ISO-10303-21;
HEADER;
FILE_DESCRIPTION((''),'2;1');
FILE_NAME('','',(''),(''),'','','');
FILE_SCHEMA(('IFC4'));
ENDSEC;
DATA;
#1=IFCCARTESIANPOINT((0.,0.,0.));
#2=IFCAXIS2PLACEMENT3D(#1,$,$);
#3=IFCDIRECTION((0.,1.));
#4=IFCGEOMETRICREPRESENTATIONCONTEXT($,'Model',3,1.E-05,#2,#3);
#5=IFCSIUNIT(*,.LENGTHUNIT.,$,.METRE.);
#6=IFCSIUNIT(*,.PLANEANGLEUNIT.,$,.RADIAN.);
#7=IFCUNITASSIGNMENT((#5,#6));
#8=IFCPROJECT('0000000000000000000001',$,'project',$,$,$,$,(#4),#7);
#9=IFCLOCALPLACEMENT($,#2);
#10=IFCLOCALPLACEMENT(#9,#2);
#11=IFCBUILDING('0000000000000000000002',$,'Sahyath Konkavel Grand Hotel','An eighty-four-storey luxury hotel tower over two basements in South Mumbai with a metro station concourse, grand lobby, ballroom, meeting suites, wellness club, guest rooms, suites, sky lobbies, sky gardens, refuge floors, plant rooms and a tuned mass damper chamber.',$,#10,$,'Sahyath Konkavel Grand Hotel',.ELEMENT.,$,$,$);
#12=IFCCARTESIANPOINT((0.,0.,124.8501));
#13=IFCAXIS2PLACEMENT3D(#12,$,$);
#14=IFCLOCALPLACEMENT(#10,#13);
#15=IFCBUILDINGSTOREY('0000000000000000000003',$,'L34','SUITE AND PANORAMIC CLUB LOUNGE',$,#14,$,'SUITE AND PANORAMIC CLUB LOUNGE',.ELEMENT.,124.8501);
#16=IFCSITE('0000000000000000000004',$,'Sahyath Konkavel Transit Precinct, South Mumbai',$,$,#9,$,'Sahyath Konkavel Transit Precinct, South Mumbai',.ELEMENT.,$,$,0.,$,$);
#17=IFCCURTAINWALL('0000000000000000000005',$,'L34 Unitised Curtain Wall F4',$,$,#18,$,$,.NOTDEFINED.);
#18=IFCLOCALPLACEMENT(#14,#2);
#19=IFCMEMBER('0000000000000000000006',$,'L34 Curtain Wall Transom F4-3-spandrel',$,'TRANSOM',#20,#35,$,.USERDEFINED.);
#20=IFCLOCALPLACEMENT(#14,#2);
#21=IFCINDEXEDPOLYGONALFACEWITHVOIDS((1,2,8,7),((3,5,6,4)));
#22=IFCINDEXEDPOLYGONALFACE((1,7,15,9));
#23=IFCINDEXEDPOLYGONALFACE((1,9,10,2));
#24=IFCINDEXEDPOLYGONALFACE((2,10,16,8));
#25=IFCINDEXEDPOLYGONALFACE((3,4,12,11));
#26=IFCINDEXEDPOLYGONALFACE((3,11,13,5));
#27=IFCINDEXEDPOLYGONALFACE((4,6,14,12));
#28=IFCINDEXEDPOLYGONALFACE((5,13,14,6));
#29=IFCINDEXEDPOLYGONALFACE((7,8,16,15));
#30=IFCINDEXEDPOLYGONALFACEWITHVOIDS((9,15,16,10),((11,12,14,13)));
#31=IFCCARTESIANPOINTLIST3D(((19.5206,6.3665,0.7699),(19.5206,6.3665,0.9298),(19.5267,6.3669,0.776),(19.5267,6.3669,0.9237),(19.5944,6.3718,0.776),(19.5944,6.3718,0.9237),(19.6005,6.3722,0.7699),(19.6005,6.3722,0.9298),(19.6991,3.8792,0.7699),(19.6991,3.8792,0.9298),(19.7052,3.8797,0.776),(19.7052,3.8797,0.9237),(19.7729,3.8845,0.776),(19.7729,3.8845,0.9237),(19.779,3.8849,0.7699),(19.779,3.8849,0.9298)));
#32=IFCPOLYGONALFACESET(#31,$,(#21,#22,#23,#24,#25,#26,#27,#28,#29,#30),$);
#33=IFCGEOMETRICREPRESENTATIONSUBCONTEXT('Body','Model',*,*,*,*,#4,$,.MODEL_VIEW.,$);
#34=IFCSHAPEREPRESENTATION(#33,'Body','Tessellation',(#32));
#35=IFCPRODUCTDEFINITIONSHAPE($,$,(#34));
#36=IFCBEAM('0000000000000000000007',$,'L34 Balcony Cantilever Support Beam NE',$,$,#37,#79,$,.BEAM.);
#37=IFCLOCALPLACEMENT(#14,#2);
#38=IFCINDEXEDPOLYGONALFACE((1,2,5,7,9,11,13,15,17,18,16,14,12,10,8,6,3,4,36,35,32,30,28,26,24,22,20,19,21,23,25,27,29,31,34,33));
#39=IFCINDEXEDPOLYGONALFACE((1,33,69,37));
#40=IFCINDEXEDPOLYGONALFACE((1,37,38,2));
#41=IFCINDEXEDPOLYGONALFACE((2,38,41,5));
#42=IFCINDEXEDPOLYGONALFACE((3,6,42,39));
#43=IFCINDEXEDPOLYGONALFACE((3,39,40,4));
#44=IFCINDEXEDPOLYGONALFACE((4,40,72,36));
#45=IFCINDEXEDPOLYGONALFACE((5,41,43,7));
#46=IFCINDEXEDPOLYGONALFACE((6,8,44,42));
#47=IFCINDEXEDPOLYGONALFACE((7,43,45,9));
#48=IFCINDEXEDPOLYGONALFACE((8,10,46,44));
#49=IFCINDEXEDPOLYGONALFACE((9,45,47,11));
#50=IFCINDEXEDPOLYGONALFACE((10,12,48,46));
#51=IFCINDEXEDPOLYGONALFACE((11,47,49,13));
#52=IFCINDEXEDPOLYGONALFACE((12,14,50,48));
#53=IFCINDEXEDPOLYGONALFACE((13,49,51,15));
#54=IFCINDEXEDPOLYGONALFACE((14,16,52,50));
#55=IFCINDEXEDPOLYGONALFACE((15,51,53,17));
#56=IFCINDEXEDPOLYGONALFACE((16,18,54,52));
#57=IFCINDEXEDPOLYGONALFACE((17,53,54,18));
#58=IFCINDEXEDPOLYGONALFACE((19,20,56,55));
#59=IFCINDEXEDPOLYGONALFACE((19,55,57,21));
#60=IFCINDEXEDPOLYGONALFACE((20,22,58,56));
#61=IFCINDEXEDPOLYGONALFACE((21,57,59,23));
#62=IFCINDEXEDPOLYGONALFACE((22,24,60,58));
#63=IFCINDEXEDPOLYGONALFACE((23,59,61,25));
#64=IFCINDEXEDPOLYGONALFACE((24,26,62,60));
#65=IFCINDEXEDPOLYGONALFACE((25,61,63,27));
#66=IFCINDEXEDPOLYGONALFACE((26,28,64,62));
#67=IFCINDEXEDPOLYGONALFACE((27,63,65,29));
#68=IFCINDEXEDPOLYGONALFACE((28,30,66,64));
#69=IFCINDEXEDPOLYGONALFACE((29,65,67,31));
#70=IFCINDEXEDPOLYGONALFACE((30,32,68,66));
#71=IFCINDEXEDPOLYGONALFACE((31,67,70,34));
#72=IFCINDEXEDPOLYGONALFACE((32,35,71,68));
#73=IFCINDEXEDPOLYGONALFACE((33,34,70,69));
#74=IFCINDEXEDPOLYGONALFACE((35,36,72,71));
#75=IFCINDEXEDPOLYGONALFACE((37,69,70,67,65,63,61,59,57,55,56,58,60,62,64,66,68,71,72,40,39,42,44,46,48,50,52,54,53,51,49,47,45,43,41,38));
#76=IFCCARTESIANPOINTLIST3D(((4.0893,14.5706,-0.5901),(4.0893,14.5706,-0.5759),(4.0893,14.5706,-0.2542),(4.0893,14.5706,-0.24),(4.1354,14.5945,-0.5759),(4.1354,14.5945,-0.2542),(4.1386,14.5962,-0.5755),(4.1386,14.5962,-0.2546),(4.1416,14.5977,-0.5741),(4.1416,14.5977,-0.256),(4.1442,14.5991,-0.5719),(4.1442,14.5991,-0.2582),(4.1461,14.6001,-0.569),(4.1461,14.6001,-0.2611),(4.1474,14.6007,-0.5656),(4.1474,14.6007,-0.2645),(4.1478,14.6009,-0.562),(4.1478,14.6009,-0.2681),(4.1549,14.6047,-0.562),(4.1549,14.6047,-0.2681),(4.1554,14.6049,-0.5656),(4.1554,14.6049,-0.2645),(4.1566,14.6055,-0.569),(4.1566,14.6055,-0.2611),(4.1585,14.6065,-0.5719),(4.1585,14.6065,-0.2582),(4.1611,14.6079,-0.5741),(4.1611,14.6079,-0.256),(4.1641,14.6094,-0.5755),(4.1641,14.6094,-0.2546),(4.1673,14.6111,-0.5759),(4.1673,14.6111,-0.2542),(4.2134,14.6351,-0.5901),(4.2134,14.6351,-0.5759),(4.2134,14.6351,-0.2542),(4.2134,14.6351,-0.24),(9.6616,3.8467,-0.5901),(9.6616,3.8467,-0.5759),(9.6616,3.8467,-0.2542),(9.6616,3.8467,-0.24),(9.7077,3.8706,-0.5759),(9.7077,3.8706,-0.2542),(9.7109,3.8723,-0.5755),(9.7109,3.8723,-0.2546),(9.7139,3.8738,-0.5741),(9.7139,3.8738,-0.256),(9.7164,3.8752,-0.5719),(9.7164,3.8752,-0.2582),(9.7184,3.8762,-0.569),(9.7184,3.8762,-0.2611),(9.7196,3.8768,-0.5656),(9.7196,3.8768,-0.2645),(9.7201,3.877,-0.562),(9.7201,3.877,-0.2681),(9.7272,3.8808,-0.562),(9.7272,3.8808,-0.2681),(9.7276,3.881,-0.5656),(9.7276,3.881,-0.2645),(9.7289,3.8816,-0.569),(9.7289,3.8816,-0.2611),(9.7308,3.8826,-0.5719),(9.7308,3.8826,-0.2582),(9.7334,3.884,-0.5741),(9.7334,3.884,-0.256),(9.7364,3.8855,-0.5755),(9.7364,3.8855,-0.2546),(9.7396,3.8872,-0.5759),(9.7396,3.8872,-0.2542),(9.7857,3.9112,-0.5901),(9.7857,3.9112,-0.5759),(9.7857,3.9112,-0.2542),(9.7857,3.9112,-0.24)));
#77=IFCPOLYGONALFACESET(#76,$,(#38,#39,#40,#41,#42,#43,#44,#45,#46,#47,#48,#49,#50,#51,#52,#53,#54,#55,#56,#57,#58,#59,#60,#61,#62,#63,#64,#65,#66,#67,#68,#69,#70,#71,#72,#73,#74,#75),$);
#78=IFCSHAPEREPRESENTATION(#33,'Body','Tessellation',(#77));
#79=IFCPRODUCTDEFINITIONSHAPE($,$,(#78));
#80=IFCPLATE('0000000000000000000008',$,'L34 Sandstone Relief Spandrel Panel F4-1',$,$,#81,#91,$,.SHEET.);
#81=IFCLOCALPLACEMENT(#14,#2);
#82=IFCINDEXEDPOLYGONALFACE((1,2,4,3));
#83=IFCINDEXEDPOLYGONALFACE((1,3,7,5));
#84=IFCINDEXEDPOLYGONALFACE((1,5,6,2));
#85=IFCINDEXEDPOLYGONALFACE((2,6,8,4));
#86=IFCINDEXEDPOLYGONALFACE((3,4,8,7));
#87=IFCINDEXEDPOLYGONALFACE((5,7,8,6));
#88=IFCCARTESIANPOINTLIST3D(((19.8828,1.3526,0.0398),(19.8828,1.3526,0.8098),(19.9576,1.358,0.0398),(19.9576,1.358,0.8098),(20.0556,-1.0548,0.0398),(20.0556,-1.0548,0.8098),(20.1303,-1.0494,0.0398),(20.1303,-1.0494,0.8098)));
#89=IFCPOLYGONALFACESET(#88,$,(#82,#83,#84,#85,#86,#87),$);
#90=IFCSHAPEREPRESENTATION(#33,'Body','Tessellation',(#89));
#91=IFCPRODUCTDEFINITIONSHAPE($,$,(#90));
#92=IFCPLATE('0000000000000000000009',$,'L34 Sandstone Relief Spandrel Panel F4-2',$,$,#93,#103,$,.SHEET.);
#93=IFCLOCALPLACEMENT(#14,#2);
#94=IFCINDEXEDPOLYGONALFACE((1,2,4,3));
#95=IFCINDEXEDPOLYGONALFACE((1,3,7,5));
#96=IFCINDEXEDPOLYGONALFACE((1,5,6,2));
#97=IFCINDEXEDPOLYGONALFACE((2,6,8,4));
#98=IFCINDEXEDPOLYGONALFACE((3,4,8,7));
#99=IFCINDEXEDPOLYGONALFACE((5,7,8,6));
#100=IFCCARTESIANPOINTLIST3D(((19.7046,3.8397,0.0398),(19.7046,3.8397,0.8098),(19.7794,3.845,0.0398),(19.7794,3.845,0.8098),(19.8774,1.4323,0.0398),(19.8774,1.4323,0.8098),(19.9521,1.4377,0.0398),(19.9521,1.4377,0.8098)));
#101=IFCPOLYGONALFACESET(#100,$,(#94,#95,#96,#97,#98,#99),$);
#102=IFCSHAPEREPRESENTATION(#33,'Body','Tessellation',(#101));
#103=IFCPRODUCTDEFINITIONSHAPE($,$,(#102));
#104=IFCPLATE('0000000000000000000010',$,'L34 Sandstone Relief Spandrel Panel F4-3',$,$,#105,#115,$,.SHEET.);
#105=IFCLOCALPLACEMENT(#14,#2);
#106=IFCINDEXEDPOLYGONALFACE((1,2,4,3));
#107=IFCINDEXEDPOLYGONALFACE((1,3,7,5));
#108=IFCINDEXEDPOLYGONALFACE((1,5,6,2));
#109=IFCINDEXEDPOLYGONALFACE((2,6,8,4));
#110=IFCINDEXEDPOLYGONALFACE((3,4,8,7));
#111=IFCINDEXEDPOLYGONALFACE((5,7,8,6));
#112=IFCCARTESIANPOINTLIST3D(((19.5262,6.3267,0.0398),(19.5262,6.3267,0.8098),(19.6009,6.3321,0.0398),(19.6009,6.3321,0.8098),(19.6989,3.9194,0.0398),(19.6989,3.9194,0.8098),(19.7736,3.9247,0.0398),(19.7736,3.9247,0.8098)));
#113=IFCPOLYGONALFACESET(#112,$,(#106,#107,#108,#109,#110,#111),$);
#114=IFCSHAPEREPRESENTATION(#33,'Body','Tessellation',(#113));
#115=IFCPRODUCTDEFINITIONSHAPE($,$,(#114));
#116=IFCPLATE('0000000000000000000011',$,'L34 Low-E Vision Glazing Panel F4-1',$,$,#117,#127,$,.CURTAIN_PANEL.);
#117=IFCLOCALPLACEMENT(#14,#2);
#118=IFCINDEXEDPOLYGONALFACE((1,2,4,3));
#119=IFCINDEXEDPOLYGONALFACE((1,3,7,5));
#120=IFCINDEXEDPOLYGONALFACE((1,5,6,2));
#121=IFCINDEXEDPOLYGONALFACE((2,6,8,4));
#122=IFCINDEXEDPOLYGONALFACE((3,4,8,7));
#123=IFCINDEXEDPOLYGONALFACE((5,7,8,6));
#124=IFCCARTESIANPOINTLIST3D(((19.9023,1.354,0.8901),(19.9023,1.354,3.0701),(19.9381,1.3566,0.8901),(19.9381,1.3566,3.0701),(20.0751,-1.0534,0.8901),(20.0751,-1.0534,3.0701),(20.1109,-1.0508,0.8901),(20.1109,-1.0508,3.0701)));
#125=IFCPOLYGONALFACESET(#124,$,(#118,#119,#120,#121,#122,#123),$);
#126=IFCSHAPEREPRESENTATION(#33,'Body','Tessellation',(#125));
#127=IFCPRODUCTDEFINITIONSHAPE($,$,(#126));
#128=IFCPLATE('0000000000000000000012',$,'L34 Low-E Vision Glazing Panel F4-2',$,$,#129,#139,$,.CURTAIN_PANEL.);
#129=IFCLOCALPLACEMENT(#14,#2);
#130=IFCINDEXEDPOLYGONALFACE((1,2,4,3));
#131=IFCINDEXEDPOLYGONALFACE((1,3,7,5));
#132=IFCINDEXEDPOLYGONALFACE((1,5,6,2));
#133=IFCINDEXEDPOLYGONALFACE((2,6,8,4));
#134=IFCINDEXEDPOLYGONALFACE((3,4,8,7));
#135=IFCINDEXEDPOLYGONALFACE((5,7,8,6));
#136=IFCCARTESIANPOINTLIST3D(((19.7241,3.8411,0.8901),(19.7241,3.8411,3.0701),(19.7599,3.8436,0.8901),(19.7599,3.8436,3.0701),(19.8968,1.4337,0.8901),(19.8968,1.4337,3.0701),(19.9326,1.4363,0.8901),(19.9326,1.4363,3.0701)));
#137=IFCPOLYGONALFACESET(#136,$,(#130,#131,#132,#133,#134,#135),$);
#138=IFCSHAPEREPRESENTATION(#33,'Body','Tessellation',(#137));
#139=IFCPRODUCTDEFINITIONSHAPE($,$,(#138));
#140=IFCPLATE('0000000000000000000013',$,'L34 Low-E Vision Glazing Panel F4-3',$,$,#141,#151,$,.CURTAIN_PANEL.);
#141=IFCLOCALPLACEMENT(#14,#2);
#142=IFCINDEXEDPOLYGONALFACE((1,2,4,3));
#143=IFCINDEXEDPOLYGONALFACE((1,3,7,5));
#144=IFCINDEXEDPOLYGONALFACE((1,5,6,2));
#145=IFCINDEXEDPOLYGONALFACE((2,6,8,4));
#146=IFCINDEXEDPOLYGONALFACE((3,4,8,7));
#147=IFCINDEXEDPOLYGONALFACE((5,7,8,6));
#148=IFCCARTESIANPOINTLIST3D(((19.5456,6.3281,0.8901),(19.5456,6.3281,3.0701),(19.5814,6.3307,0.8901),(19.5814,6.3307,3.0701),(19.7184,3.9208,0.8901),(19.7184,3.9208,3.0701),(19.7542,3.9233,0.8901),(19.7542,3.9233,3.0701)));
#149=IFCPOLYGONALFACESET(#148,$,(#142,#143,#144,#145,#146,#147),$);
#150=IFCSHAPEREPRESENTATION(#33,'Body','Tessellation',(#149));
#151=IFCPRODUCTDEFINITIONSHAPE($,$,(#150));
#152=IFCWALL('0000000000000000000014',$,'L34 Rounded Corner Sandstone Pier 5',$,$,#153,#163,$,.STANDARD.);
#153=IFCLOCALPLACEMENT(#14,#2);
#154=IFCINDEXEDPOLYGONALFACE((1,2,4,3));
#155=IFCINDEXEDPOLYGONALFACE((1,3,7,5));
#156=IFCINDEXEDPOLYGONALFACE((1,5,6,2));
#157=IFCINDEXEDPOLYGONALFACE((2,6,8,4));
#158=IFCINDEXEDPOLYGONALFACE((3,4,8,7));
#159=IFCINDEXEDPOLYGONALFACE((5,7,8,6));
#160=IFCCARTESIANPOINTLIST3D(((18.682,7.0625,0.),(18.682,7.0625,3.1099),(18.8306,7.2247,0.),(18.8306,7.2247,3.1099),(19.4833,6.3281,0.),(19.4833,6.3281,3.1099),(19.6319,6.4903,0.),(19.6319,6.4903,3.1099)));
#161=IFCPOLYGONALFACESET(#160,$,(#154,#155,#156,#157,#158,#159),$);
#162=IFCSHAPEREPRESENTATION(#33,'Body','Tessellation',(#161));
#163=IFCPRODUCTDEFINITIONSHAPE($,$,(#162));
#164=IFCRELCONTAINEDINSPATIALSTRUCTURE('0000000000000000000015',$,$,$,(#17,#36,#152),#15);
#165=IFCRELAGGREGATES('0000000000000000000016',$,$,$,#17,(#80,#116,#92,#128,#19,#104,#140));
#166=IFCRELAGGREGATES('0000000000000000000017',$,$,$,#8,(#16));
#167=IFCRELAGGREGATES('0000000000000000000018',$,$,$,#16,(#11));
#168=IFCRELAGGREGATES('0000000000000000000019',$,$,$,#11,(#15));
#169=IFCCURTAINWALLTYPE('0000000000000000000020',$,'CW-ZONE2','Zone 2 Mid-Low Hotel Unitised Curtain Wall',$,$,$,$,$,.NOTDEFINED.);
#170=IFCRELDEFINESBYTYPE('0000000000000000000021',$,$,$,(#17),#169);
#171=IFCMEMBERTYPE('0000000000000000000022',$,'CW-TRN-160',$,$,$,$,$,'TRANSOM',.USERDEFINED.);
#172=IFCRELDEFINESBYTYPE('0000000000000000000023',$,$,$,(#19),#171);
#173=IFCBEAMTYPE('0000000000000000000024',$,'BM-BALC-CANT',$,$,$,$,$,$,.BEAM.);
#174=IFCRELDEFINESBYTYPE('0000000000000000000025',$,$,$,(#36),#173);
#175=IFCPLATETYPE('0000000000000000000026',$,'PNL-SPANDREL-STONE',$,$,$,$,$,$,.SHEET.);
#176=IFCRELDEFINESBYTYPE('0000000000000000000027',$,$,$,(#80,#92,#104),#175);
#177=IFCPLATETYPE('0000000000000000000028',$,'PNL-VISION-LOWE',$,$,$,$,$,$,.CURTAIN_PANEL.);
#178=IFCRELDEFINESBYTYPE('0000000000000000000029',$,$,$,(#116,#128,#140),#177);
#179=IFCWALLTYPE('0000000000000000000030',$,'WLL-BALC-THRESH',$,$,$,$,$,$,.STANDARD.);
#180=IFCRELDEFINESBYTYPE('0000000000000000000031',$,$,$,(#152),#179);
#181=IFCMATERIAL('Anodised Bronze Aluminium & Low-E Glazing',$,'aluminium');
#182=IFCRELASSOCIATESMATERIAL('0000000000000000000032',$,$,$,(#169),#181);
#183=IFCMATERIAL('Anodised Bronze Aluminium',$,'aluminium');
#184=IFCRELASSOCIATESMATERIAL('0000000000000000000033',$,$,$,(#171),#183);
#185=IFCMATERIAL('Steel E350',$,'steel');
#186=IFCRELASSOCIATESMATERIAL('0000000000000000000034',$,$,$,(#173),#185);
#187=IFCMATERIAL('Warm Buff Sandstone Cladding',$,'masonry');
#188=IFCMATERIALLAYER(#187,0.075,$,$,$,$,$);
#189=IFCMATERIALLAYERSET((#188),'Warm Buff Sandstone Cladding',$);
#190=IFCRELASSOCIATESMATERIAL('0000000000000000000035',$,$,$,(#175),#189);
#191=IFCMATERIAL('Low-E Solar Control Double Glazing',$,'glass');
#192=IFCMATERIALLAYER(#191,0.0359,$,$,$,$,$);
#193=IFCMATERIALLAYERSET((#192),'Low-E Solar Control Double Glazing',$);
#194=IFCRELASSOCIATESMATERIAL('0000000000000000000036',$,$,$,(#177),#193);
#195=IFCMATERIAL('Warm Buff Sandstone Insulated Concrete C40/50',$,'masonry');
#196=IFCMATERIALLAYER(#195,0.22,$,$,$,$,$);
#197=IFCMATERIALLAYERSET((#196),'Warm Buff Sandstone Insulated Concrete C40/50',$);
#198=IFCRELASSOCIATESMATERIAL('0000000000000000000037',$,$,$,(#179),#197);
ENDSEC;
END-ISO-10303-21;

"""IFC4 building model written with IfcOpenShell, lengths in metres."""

from ifc_helpers import new_model, si_unit, direction, frame, frame_2d, origin, origin_2d, place, context, subcontext, project, spatial, rectangle, hollow_rectangle, i_section, extrude, source, transform, mapped, material, layer, layer_set, material_profile, profile_set, type_object, element, aggregate, save


model = new_model("IFC4")

# Units and contexts
model_context = context("Model", 3, precision=1e-05, world=origin(), true_north=direction((0.0, 1.0)))
body_context = subcontext(model_context, "Body", "Model", "MODEL_VIEW")
ifc_project = project(units=[si_unit("LENGTHUNIT", "METRE"), si_unit("PLANEANGLEUNIT", "RADIAN")], contexts=[model_context])

# Site, building, storey
site_placement = place(None, origin())
site = spatial("IfcSite", under=ifc_project, at=site_placement, Name="Sahyath Konkavel Transit Precinct, South Mumbai", LongName="Sahyath Konkavel Transit Precinct, South Mumbai", CompositionType="ELEMENT", RefElevation=0.0)
building_placement = place(site_placement, origin())
building = spatial("IfcBuilding", under=site, at=building_placement, Name="Sahyath Konkavel Grand Hotel", Description="An eighty-four-storey luxury hotel tower over two basements in South Mumbai with a metro station concourse, grand lobby, ballroom, meeting suites, wellness club, guest rooms, suites, sky lobbies, sky gardens, refuge floors, plant rooms and a tuned mass damper chamber.", LongName="Sahyath Konkavel Grand Hotel", CompositionType="ELEMENT")
storey_placement = place(building_placement, frame((0.0, 0.0, 124.8501)))
storey = spatial("IfcBuildingStorey", under=building, at=storey_placement, Name="L34", Description="SUITE AND PANORAMIC CLUB LOUNGE", LongName="SUITE AND PANORAMIC CLUB LOUNGE", CompositionType="ELEMENT", Elevation=124.8501)

# Shared definitions
ifc_material_1 = material(Name="Steel E350", Category="steel")

# Curtain wall
ifc_material_2 = material(Name="Anodised Bronze Aluminium & Low-E Glazing", Category="aluminium")
curtain_wall_type = type_object("IfcCurtainWallType", Name="CW-ZONE2", Description="Zone 2 Mid-Low Hotel Unitised Curtain Wall", PredefinedType="NOTDEFINED", material=ifc_material_2)
curtain_wall_1_placement = place(storey_placement, origin())
curtain_wall_1 = element("IfcCurtainWall", 1, at=curtain_wall_1_placement, inside=storey, type_object=curtain_wall_type, Name="L34 Unitised Curtain Wall F4", PredefinedType="NOTDEFINED")
ifc_material_3 = material(Name="Anodised Bronze Aluminium", Category="aluminium")

# Member
ifc_material_profile_1 = material_profile(ifc_material_3, hollow_rectangle(XDim=0.0801, YDim=0.1599, WallThickness=0.0061, at=origin_2d()), Name="RHS 160x80x6")
ifc_profile_set_1 = profile_set([ifc_material_profile_1], Name="Anodised Bronze Aluminium")
member_type_1 = type_object("IfcMemberType", Name="CW-TRN-160", ElementType="TRANSOM", PredefinedType="USERDEFINED", material=ifc_profile_set_1)
shared_shape_1 = source(origin(), body_context, "Body", "SweptSolid", [
    extrude(hollow_rectangle(XDim=0.0801, YDim=0.1599, WallThickness=0.0061, at=origin_2d()), origin(), (0.0, 0.0, 1.0), 2.4937),
])
member_1_placement = place(storey_placement, frame((19.739, 3.8821, 0.8499), z_axis=(-0.071567, 0.997436, 0.0), x_axis=(-0.997436, -0.071567, 0.0)))
member_1 = element("IfcMember", 2, at=member_1_placement, type_object=member_type_1, Name="L34 Curtain Wall Transom F4-3-spandrel", ObjectType="TRANSOM", PredefinedType="USERDEFINED", context=body_context, shape_type="MappedRepresentation", body=[
    mapped(shared_shape_1, transform((0.0, 0.0, 0.0), scale=1.0)),
])

# Beam
ifc_material_profile_2 = material_profile(ifc_material_1, i_section(OverallWidth=0.1399, OverallDepth=0.3501, WebThickness=0.0081, FlangeThickness=0.0142, FilletRadius=0.0139, at=origin_2d()), Name="ISMB 350")
ifc_profile_set_2 = profile_set([ifc_material_profile_2], Name="Steel E350")
beam_type_1 = type_object("IfcBeamType", Name="BM-BALC-CANT", PredefinedType="BEAM", material=ifc_profile_set_2)
shared_shape_2 = source(origin(), body_context, "Body", "SweptSolid", [
    extrude(i_section(OverallWidth=0.1399, OverallDepth=0.3501, WebThickness=0.0081, FlangeThickness=0.0142, FilletRadius=0.0139, at=origin_2d()), origin(), (0.0, 0.0, 1.0), 12.0852),
])
beam_1_placement = place(storey_placement, frame((9.7236, 3.8789, -0.415), z_axis=(-0.461082, 0.887357, 0.0), x_axis=(-0.887357, -0.461082, 0.0)))
element("IfcBeam", 3, at=beam_1_placement, inside=storey, type_object=beam_type_1, Name="L34 Balcony Cantilever Support Beam NE", PredefinedType="BEAM", context=body_context, shape_type="MappedRepresentation", body=[
    mapped(shared_shape_2, transform((0.0, 0.0, 0.0), scale=1.0)),
])

# Plates
ifc_material_4 = material(Name="Warm Buff Sandstone Cladding", Category="masonry")
ifc_layer_1 = layer(ifc_material_4, 0.075)
ifc_layer_set_1 = layer_set([ifc_layer_1], Name="Warm Buff Sandstone Cladding")
plate_type_1 = type_object("IfcPlateType", Name="PNL-SPANDREL-STONE", PredefinedType="SHEET", material=ifc_layer_set_1)
shared_shape_3 = source(origin(), body_context, "Body", "SweptSolid", [
    extrude(rectangle(XDim=2.4136, YDim=0.075, at=origin_2d()), origin(), (0.0, 0.0, 1.0), 0.77),
])
plate_1_placement = place(storey_placement, frame((20.0066, 0.1516, 0.0398), z_axis=(0.0, 0.0, 1.0), x_axis=(-0.071567, 0.997436, 0.0)))
plate_1 = element("IfcPlate", 4, at=plate_1_placement, type_object=plate_type_1, Name="L34 Sandstone Relief Spandrel Panel F4-1", PredefinedType="SHEET", context=body_context, shape_type="MappedRepresentation", body=[
    mapped(shared_shape_3, transform((0.0, 0.0, 0.0), scale=1.0)),
])
plate_2_placement = place(storey_placement, frame((19.8284, 2.6387, 0.0398), z_axis=(0.0, 0.0, 1.0), x_axis=(-0.071567, 0.997436, 0.0)))
plate_2 = element("IfcPlate", 5, at=plate_2_placement, type_object=plate_type_1, Name="L34 Sandstone Relief Spandrel Panel F4-2", PredefinedType="SHEET", context=body_context, shape_type="MappedRepresentation", body=[
    mapped(shared_shape_3, transform((0.0, 0.0, 0.0), scale=1.0)),
])
plate_3_placement = place(storey_placement, frame((19.6499, 5.1257, 0.0398), z_axis=(0.0, 0.0, 1.0), x_axis=(-0.071567, 0.997436, 0.0)))
plate_3 = element("IfcPlate", 6, at=plate_3_placement, type_object=plate_type_1, Name="L34 Sandstone Relief Spandrel Panel F4-3", PredefinedType="SHEET", context=body_context, shape_type="MappedRepresentation", body=[
    mapped(shared_shape_3, transform((0.0, 0.0, 0.0), scale=1.0)),
])
ifc_material_5 = material(Name="Low-E Solar Control Double Glazing", Category="glass")
ifc_layer_2 = layer(ifc_material_5, 0.0359)
ifc_layer_set_2 = layer_set([ifc_layer_2], Name="Low-E Solar Control Double Glazing")
plate_type_2 = type_object("IfcPlateType", Name="PNL-VISION-LOWE", PredefinedType="CURTAIN_PANEL", material=ifc_layer_set_2)
shared_shape_4 = source(origin(), body_context, "Body", "SweptSolid", [
    extrude(rectangle(XDim=2.4136, YDim=0.0359, at=origin_2d()), origin(), (0.0, 0.0, 1.0), 2.1799),
])
plate_4_placement = place(storey_placement, frame((20.0066, 0.1516, 0.8901), z_axis=(0.0, 0.0, 1.0), x_axis=(-0.071567, 0.997436, 0.0)))
plate_4 = element("IfcPlate", 7, at=plate_4_placement, type_object=plate_type_2, Name="L34 Low-E Vision Glazing Panel F4-1", PredefinedType="CURTAIN_PANEL", context=body_context, shape_type="MappedRepresentation", body=[
    mapped(shared_shape_4, transform((0.0, 0.0, 0.0), scale=1.0)),
])
plate_5_placement = place(storey_placement, frame((19.8284, 2.6387, 0.8901), z_axis=(0.0, 0.0, 1.0), x_axis=(-0.071567, 0.997436, 0.0)))
plate_5 = element("IfcPlate", 8, at=plate_5_placement, type_object=plate_type_2, Name="L34 Low-E Vision Glazing Panel F4-2", PredefinedType="CURTAIN_PANEL", context=body_context, shape_type="MappedRepresentation", body=[
    mapped(shared_shape_4, transform((0.0, 0.0, 0.0), scale=1.0)),
])
plate_6_placement = place(storey_placement, frame((19.6499, 5.1257, 0.8901), z_axis=(0.0, 0.0, 1.0), x_axis=(-0.071567, 0.997436, 0.0)))
plate_6 = element("IfcPlate", 9, at=plate_6_placement, type_object=plate_type_2, Name="L34 Low-E Vision Glazing Panel F4-3", PredefinedType="CURTAIN_PANEL", context=body_context, shape_type="MappedRepresentation", body=[
    mapped(shared_shape_4, transform((0.0, 0.0, 0.0), scale=1.0)),
])
aggregate(curtain_wall_1, [plate_1, plate_4, plate_2, plate_5, member_1, plate_3, plate_6])

# Wall
ifc_material_6 = material(Name="Warm Buff Sandstone Insulated Concrete C40/50", Category="masonry")
ifc_layer_3 = layer(ifc_material_6, 0.22)
ifc_layer_set_3 = layer_set([ifc_layer_3], Name="Warm Buff Sandstone Insulated Concrete C40/50")
wall_type_1 = type_object("IfcWallType", Name="WLL-BALC-THRESH", PredefinedType="STANDARD", material=ifc_layer_set_3)
wall_1_placement = place(storey_placement, frame((19.5576, 6.4092, 0.0), z_axis=(0.0, 0.0, 1.0), x_axis=(-0.73721, 0.675664, 0.0)))
element("IfcWall", 10, at=wall_1_placement, inside=storey, type_object=wall_type_1, Name="L34 Rounded Corner Sandstone Pier 5", PredefinedType="STANDARD", context=body_context, shape_type="SweptSolid", body=[
    extrude(rectangle(XDim=1.0869, YDim=0.22, at=frame_2d((0.5435, 0.0))), origin(), (0.0, 0.0, 1.0), 3.1099),
])

save(model, "model.ifc")
